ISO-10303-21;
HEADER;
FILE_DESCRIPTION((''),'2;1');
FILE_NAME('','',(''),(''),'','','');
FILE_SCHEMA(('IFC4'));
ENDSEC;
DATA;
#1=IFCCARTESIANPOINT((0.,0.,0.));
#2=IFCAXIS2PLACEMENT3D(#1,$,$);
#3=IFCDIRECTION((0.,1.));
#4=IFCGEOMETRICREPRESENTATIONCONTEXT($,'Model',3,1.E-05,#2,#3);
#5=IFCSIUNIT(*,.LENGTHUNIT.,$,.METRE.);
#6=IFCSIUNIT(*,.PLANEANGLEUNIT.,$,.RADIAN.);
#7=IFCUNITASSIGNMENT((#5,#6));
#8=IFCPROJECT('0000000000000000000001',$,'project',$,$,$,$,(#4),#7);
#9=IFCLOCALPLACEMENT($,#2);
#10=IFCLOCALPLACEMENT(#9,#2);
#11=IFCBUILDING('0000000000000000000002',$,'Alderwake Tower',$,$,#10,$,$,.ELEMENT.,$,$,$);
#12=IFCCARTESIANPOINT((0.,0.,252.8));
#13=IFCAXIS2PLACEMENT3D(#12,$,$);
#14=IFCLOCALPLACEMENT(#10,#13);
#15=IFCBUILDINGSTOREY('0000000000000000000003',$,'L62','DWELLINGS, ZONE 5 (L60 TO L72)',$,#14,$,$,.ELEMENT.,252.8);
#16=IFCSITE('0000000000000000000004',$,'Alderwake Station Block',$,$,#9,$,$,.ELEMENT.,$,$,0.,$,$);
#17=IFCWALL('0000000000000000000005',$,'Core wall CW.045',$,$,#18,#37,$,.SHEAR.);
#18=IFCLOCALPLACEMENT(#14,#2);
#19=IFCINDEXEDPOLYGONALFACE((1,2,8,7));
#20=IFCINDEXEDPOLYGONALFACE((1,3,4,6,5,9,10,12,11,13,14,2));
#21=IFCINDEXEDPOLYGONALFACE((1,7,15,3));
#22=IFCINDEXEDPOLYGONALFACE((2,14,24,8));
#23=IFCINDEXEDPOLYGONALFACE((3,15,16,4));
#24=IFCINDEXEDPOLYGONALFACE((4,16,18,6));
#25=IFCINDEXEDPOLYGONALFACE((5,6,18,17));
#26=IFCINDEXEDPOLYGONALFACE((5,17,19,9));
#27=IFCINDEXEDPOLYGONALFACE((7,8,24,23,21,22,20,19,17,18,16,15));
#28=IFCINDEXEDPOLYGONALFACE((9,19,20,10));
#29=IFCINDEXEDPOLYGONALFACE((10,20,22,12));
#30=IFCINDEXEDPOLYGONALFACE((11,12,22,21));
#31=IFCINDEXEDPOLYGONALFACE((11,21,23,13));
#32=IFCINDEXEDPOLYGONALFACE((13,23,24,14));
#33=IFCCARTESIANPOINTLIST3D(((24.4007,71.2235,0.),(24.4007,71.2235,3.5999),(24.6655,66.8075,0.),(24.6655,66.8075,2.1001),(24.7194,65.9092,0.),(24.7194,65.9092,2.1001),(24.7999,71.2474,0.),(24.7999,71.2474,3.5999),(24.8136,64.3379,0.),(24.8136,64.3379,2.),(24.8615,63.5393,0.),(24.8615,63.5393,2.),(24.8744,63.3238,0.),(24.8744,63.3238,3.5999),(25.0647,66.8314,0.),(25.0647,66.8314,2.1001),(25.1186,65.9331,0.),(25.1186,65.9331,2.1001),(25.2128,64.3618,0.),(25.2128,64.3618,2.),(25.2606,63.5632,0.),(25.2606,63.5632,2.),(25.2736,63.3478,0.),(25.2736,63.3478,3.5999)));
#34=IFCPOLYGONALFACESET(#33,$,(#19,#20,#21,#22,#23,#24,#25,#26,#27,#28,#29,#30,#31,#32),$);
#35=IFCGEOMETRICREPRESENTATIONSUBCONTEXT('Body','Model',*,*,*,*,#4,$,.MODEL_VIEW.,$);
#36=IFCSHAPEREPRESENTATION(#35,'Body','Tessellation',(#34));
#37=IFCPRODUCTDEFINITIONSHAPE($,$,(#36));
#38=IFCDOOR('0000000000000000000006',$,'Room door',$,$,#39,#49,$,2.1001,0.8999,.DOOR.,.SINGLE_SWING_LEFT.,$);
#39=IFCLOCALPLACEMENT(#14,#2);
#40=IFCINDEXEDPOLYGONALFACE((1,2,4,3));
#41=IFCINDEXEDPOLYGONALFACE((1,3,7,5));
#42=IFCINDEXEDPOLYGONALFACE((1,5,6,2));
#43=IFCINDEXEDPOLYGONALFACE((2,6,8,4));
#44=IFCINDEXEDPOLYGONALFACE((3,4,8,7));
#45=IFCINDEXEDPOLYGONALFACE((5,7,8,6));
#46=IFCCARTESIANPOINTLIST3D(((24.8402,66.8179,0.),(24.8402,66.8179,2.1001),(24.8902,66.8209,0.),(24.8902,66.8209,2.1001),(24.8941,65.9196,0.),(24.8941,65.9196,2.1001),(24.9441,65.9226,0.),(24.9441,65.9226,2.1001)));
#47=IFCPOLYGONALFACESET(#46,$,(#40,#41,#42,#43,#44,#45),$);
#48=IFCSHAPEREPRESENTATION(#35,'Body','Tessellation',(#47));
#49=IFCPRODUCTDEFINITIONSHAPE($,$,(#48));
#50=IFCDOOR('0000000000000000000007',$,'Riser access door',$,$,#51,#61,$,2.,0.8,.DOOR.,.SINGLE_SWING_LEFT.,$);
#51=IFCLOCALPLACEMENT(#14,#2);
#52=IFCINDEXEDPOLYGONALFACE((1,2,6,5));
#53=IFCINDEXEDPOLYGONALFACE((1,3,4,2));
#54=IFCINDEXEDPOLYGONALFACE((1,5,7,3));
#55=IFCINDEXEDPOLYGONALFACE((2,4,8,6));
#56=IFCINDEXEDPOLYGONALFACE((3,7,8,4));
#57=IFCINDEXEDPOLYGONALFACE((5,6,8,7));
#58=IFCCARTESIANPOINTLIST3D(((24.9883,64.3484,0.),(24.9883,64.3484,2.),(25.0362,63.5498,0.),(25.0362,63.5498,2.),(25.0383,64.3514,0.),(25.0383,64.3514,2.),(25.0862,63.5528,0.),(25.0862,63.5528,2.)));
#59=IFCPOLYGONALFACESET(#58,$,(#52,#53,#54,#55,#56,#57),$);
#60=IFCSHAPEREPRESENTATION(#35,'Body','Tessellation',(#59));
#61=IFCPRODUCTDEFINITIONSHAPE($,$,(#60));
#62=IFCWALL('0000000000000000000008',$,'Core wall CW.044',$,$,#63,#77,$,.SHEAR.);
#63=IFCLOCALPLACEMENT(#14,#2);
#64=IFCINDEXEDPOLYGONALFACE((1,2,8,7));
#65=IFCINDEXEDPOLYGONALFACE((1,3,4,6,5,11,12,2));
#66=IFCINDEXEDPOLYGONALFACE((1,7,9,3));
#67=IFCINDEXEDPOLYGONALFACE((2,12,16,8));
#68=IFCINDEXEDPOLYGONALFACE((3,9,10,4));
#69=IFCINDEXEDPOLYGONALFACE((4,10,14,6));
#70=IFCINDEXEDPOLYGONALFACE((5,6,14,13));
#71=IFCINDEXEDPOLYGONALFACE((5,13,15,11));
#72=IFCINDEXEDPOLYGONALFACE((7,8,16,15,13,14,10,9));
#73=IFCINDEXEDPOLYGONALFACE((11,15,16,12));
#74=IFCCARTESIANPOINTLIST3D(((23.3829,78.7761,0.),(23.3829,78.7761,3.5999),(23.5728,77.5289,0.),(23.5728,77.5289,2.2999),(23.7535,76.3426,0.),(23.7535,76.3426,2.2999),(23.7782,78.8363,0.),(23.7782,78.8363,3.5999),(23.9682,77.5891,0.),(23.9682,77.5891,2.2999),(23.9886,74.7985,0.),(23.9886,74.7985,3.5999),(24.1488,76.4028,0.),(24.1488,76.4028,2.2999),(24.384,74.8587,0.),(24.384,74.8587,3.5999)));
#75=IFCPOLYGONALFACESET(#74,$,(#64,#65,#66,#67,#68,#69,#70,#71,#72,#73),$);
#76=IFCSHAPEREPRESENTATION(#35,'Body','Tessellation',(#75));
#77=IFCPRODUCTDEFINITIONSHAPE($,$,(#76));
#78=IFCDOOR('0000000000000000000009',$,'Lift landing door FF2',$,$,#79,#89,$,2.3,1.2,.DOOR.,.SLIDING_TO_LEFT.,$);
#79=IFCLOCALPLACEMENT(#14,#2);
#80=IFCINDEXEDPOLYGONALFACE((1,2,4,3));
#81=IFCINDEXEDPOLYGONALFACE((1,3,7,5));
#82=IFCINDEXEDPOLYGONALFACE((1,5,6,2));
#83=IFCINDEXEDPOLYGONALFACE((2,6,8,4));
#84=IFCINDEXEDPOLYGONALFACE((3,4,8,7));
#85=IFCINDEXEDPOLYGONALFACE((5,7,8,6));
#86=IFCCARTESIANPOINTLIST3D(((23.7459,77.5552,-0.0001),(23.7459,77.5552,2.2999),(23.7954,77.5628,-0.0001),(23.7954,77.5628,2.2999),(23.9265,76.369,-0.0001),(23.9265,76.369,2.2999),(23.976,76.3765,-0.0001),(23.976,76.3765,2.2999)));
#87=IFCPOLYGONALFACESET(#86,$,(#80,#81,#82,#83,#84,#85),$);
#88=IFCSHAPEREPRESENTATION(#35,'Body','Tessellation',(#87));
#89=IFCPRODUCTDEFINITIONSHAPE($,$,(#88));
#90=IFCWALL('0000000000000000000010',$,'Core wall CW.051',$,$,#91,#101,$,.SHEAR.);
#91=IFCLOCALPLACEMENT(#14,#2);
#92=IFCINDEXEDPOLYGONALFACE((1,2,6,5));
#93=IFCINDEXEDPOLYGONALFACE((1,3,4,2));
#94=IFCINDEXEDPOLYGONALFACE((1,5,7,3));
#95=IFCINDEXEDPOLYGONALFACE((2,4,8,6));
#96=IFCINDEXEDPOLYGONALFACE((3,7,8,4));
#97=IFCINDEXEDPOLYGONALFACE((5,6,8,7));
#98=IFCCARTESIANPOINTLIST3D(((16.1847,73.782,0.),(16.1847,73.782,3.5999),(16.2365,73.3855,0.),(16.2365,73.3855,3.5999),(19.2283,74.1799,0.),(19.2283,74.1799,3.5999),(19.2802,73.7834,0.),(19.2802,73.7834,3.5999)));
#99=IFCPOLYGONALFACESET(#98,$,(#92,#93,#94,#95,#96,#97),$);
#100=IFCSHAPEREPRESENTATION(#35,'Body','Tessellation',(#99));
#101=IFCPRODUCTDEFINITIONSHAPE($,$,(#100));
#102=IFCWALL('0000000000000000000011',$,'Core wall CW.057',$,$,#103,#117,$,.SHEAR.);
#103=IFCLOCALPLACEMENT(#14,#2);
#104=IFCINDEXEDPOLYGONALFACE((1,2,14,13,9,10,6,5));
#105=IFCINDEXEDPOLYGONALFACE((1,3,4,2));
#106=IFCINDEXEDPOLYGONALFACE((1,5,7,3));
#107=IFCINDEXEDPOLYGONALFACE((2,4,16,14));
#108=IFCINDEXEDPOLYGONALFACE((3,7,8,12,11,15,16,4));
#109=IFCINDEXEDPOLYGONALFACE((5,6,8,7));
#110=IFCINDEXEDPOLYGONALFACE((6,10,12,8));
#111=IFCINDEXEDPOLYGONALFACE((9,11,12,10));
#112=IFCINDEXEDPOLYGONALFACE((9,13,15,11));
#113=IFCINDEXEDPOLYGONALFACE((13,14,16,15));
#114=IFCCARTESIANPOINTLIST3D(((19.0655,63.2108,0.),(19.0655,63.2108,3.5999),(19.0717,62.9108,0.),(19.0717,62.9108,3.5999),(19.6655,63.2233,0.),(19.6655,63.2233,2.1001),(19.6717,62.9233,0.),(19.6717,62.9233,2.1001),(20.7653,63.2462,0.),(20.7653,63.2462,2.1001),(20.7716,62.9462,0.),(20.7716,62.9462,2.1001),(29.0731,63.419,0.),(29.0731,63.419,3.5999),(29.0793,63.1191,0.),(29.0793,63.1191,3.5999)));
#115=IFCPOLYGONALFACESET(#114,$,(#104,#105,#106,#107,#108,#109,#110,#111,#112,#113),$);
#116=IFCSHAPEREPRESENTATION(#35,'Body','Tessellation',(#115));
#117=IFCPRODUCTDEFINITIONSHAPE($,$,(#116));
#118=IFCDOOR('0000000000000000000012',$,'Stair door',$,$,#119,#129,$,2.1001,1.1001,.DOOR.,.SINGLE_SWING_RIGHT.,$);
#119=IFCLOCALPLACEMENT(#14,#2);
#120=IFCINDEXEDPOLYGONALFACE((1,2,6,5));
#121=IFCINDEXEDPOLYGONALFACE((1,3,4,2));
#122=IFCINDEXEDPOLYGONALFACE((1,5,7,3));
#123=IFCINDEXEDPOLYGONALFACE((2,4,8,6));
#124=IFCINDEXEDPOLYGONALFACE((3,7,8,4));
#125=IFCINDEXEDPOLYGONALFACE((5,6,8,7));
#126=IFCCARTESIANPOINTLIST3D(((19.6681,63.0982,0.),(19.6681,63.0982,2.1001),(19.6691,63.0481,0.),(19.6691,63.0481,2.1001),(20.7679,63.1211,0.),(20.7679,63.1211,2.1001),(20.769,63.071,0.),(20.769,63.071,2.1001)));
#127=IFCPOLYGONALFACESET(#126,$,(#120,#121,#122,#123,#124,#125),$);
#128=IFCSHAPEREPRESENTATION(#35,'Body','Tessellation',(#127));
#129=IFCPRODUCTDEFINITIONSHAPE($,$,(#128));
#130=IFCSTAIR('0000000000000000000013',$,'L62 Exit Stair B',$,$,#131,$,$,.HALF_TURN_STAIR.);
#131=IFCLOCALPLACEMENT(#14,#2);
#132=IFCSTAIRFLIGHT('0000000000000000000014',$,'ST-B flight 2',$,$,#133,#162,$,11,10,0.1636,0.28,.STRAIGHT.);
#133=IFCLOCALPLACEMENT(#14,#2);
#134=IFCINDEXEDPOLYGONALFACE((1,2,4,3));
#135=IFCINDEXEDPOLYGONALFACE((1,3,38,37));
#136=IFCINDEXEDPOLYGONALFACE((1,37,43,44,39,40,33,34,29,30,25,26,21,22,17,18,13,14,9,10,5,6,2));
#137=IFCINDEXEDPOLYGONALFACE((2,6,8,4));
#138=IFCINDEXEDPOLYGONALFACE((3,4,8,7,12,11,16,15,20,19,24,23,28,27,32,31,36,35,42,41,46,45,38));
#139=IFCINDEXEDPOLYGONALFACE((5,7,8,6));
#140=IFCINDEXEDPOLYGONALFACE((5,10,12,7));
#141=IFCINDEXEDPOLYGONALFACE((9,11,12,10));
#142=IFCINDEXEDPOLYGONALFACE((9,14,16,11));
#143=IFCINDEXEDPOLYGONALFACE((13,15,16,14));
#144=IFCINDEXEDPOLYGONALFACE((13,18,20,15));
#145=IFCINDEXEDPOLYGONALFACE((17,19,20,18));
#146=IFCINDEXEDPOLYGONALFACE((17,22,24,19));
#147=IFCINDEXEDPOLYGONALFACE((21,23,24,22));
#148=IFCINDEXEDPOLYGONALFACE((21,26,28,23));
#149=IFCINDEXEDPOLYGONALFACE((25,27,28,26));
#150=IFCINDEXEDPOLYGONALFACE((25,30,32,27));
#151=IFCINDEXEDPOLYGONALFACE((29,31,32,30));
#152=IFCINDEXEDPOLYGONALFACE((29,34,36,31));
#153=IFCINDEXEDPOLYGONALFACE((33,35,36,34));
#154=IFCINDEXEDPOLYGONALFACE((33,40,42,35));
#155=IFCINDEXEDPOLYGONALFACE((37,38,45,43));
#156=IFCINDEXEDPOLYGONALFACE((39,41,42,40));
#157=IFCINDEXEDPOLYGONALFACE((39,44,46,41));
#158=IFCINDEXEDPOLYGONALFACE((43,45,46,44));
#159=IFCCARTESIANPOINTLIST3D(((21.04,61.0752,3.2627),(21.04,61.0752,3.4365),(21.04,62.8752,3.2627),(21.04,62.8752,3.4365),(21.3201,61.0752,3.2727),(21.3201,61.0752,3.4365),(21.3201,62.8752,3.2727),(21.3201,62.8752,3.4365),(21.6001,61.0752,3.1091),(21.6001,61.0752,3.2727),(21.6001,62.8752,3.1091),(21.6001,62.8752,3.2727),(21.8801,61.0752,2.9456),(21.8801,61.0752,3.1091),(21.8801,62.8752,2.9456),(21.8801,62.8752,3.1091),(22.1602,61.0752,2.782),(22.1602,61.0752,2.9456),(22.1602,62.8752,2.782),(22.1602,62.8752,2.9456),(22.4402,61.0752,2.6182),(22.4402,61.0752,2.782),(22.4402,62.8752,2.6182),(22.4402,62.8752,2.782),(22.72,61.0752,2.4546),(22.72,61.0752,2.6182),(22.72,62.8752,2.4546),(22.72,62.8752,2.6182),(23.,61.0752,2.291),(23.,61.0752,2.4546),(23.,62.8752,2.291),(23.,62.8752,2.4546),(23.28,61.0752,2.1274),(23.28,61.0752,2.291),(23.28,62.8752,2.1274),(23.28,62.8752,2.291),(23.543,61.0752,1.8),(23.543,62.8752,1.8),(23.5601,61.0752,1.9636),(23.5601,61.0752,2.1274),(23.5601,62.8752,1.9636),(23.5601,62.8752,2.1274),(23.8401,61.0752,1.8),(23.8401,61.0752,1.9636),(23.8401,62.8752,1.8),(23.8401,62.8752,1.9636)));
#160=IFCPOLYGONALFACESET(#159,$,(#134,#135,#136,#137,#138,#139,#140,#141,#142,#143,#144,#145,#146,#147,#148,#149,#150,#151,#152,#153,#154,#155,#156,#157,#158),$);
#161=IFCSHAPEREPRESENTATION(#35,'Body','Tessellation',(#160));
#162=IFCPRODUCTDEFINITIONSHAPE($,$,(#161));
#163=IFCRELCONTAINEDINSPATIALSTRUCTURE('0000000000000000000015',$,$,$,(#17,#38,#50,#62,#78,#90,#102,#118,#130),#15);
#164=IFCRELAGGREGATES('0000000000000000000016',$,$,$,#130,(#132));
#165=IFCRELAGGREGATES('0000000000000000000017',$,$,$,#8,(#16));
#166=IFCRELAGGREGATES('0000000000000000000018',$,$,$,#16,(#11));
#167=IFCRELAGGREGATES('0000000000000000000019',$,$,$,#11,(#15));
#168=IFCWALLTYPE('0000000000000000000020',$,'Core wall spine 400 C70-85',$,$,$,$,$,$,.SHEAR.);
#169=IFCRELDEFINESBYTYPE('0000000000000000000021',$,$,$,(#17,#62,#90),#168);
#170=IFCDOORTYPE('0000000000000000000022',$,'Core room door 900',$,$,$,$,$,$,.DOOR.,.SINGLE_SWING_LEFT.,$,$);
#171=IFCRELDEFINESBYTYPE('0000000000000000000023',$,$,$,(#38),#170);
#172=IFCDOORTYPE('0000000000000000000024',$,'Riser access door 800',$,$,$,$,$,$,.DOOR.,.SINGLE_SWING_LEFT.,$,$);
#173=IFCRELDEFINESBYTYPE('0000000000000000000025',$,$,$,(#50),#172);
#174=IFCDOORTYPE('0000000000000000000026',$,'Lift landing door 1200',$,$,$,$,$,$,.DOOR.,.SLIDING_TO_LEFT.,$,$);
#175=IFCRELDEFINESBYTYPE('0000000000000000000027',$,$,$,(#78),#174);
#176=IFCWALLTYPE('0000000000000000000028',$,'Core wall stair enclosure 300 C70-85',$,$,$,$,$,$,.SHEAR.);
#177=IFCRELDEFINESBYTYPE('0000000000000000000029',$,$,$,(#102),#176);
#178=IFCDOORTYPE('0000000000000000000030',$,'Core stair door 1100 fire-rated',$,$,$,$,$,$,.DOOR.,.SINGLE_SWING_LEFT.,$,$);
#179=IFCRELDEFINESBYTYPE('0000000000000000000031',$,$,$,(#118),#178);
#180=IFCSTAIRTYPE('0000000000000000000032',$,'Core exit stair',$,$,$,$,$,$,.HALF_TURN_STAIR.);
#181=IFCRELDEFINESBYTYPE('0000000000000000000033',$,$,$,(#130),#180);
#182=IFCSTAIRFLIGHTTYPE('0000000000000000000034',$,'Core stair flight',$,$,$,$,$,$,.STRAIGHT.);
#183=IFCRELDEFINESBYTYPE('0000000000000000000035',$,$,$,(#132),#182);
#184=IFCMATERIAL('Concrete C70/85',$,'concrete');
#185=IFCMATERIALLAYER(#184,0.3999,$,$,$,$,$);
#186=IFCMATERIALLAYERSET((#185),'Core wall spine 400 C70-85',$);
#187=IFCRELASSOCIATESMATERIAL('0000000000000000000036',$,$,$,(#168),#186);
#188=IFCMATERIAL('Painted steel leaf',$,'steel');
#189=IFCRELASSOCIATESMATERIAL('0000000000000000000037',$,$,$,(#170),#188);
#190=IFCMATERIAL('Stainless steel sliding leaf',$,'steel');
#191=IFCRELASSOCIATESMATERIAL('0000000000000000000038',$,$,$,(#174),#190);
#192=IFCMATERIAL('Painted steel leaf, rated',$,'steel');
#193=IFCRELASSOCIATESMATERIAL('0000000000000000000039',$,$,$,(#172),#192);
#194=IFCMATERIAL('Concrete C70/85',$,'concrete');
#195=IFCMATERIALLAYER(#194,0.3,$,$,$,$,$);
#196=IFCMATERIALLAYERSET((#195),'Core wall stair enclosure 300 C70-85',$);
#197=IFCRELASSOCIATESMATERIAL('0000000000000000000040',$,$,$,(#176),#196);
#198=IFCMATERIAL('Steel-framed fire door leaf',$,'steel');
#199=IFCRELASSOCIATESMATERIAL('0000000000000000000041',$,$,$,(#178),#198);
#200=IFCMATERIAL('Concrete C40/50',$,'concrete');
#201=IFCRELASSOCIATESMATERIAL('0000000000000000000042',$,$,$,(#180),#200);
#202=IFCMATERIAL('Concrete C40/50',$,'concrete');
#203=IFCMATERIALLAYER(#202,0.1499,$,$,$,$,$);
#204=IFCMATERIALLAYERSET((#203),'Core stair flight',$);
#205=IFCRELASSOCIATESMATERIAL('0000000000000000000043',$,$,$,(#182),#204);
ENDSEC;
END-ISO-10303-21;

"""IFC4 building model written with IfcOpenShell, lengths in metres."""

from ifc_helpers import new_model, si_unit, direction, frame, frame_2d, origin, place, context, subcontext, project, spatial, polyline, rectangle, outline, extrude, material, layer, layer_set, type_object, element, fill, aggregate, save


model = new_model("IFC4")

# Units and contexts
model_context = context("Model", 3, precision=1e-05, world=origin(), true_north=direction((0.0, 1.0)))
body_context = subcontext(model_context, "Body", "Model", "MODEL_VIEW")
ifc_project = project(units=[si_unit("LENGTHUNIT", "METRE"), si_unit("PLANEANGLEUNIT", "RADIAN")], contexts=[model_context])

# Site, building, storey
site_placement = place(None, origin())
site = spatial("IfcSite", under=ifc_project, at=site_placement, Name="Alderwake Station Block", CompositionType="ELEMENT", RefElevation=0.0)
building_placement = place(site_placement, origin())
building = spatial("IfcBuilding", under=site, at=building_placement, Name="Alderwake Tower", CompositionType="ELEMENT")
storey_placement = place(building_placement, frame((0.0, 0.0, 252.8)))
storey = spatial("IfcBuildingStorey", under=building, at=storey_placement, Name="L62", Description="DWELLINGS, ZONE 5 (L60 TO L72)", CompositionType="ELEMENT", Elevation=252.8)

# Shared definitions
ifc_material_1 = material(Name="Concrete C70/85", Category="concrete")
ifc_layer_1 = layer(ifc_material_1, 0.3999)
ifc_layer_set_1 = layer_set([ifc_layer_1], Name="Core wall spine 400 C70-85")
wall_type_1 = type_object("IfcWallType", Name="Core wall spine 400 C70-85", PredefinedType="SHEAR", material=ifc_layer_set_1)
ifc_material_2 = material(Name="Painted steel leaf", Category="steel")
door_type_1 = type_object("IfcDoorType", Name="Core room door 900", OperationType="SINGLE_SWING_LEFT", PredefinedType="DOOR", material=ifc_material_2)
ifc_material_3 = material(Name="Stainless steel sliding leaf", Category="steel")
door_type_2 = type_object("IfcDoorType", Name="Lift landing door 1200", OperationType="SLIDING_TO_LEFT", PredefinedType="DOOR", material=ifc_material_3)

# Wall, openings, doors
wall_1_placement = place(storey_placement, frame((25.074, 63.3357, 0.0), z_axis=(0.0, 0.0, 1.0), x_axis=(-0.059849, 0.998207, 0.0)))
wall_1 = element("IfcWall", 1, at=wall_1_placement, inside=storey, type_object=wall_type_1, Name="Core wall CW.045", PredefinedType="SHEAR", context=body_context, shape_type="SweptSolid", body=[
    extrude(rectangle(XDim=7.9138, YDim=0.3999, at=frame_2d((3.957, 0.0))), origin(), (0.0, 0.0, 1.0), 3.5999),
])
opening_1_placement = place(wall_1_placement, frame((0.2161, 0.0, 0.0)))
opening_1 = element("IfcOpeningElement", 2, at=opening_1_placement, cuts=wall_1, PredefinedType="OPENING", context=body_context, shape_type="SweptSolid", body=[
    extrude(rectangle(XDim=0.8, YDim=2.0, at=frame_2d((0.3999, 1.0))), frame((0.0, 0.21, 0.0), z_axis=(0.0, -1.0, 0.0), x_axis=(1.0, 0.0, 0.0)), (0.0, 0.0, 1.0), 0.4199),
])
opening_2_placement = place(wall_1_placement, frame((2.5901, 0.0, 0.0)))
opening_2 = element("IfcOpeningElement", 3, at=opening_2_placement, cuts=wall_1, PredefinedType="OPENING", context=body_context, shape_type="SweptSolid", body=[
    extrude(rectangle(XDim=0.8999, YDim=2.1001, at=frame_2d((0.45, 1.05))), frame((0.0, 0.21, 0.0), z_axis=(0.0, -1.0, 0.0), x_axis=(1.0, 0.0, 0.0)), (0.0, 0.0, 1.0), 0.4199),
])
door_1_placement = place(opening_2_placement, origin())
door_1 = element("IfcDoor", 4, at=door_1_placement, inside=storey, type_object=door_type_1, Name="Room door", OperationType="SINGLE_SWING_LEFT", OverallHeight=2.1001, OverallWidth=0.8999, PredefinedType="DOOR", context=body_context, shape_type="SweptSolid", body=[
    extrude(rectangle(XDim=0.8999, YDim=2.1001, at=frame_2d((0.45, 1.05))), frame((0.0, 0.0249, 0.0), z_axis=(0.0, -1.0, 0.0), x_axis=(1.0, 0.0, 0.0)), (0.0, 0.0, 1.0), 0.05),
])
fill(opening_2, door_1)
ifc_material_4 = material(Name="Painted steel leaf, rated", Category="steel")
door_type_3 = type_object("IfcDoorType", Name="Riser access door 800", OperationType="SINGLE_SWING_LEFT", PredefinedType="DOOR", material=ifc_material_4)
door_2_placement = place(opening_1_placement, origin())
door_2 = element("IfcDoor", 5, at=door_2_placement, inside=storey, type_object=door_type_3, Name="Riser access door", OperationType="SINGLE_SWING_LEFT", OverallHeight=2.0, OverallWidth=0.8, PredefinedType="DOOR", context=body_context, shape_type="SweptSolid", body=[
    extrude(rectangle(XDim=0.8, YDim=2.0, at=frame_2d((0.3999, 1.0))), frame((0.0, 0.0249, 0.0), z_axis=(0.0, -1.0, 0.0), x_axis=(1.0, 0.0, 0.0)), (0.0, 0.0, 1.0), 0.05),
])
fill(opening_1, door_2)

# Wall, opening, door
wall_2_placement = place(storey_placement, frame((24.1863, 74.8286, 0.0), z_axis=(0.0, 0.0, 1.0), x_axis=(-0.150548, 0.988603, 0.0)))
wall_2 = element("IfcWall", 6, at=wall_2_placement, inside=storey, type_object=wall_type_1, Name="Core wall CW.044", PredefinedType="SHEAR", context=body_context, shape_type="SweptSolid", body=[
    extrude(rectangle(XDim=4.0234, YDim=0.3999, at=frame_2d((2.0117, 0.0))), origin(), (0.0, 0.0, 1.0), 3.5999),
])
opening_3_placement = place(wall_2_placement, frame((1.5618, 0.0, 0.0)))
opening_3 = element("IfcOpeningElement", 7, at=opening_3_placement, cuts=wall_2, PredefinedType="OPENING", context=body_context, shape_type="SweptSolid", body=[
    extrude(rectangle(XDim=1.2, YDim=2.3, at=frame_2d((0.6001, 1.1499))), frame((0.0, 0.21, 0.0), z_axis=(0.0, -1.0, 0.0), x_axis=(1.0, 0.0, 0.0)), (0.0, 0.0, 1.0), 0.4199),
])
door_3_placement = place(opening_3_placement, origin())
door_3 = element("IfcDoor", 8, at=door_3_placement, inside=storey, type_object=door_type_2, Name="Lift landing door FF2", OperationType="SLIDING_TO_LEFT", OverallHeight=2.3, OverallWidth=1.2, PredefinedType="DOOR", context=body_context, shape_type="SweptSolid", body=[
    extrude(rectangle(XDim=1.2, YDim=2.3, at=frame_2d((0.6001, 1.1499))), frame((0.0, 0.0249, 0.0), z_axis=(0.0, -1.0, 0.0), x_axis=(1.0, 0.0, 0.0)), (0.0, 0.0, 1.0), 0.05),
])
fill(opening_3, door_3)

# Wall
wall_3_placement = place(storey_placement, frame((16.2107, 73.5837, 0.0), z_axis=(0.0, 0.0, 1.0), x_axis=(0.991561, 0.129642, 0.0)))
element("IfcWall", 9, at=wall_3_placement, inside=storey, type_object=wall_type_1, Name="Core wall CW.051", PredefinedType="SHEAR", context=body_context, shape_type="SweptSolid", body=[
    extrude(rectangle(XDim=3.0696, YDim=0.3999, at=frame_2d((1.5347, 0.0))), origin(), (0.0, 0.0, 1.0), 3.5999),
])

# Wall, opening, door
ifc_material_5 = material(Name="Concrete C70/85", Category="concrete")
ifc_layer_2 = layer(ifc_material_5, 0.3)
ifc_layer_set_2 = layer_set([ifc_layer_2], Name="Core wall stair enclosure 300 C70-85")
wall_type_2 = type_object("IfcWallType", Name="Core wall stair enclosure 300 C70-85", PredefinedType="SHEAR", material=ifc_layer_set_2)
wall_4_placement = place(storey_placement, frame((19.0686, 63.0608, 0.0), z_axis=(0.0, 0.0, 1.0), x_axis=(0.999784, 0.020805, 0.0)))
wall_4 = element("IfcWall", 10, at=wall_4_placement, inside=storey, type_object=wall_type_2, Name="Core wall CW.057", PredefinedType="SHEAR", context=body_context, shape_type="SweptSolid", body=[
    extrude(rectangle(XDim=10.0098, YDim=0.3, at=frame_2d((5.0049, 0.0))), origin(), (0.0, 0.0, 1.0), 3.5999),
])
opening_4_placement = place(wall_4_placement, frame((0.6001, 0.0, 0.0)))
opening_4 = element("IfcOpeningElement", 11, at=opening_4_placement, cuts=wall_4, PredefinedType="OPENING", context=body_context, shape_type="SweptSolid", body=[
    extrude(rectangle(XDim=1.1001, YDim=2.1001, at=frame_2d((0.55, 1.05))), frame((0.0, 0.1599, 0.0), z_axis=(0.0, -1.0, 0.0), x_axis=(1.0, 0.0, 0.0)), (0.0, 0.0, 1.0), 0.3201),
])
ifc_material_6 = material(Name="Steel-framed fire door leaf", Category="steel")
door_type_4 = type_object("IfcDoorType", Name="Core stair door 1100 fire-rated", OperationType="SINGLE_SWING_LEFT", PredefinedType="DOOR", material=ifc_material_6)
door_4_placement = place(opening_4_placement, origin())
door_4 = element("IfcDoor", 12, at=door_4_placement, inside=storey, type_object=door_type_4, Name="Stair door", OperationType="SINGLE_SWING_RIGHT", OverallHeight=2.1001, OverallWidth=1.1001, PredefinedType="DOOR", context=body_context, shape_type="SweptSolid", body=[
    extrude(rectangle(XDim=1.1001, YDim=2.1001, at=frame_2d((0.55, 1.05))), frame((0.0, 0.0249, 0.0), z_axis=(0.0, -1.0, 0.0), x_axis=(1.0, 0.0, 0.0)), (0.0, 0.0, 1.0), 0.05),
])
fill(opening_4, door_4)

# Stair, stair flight
ifc_material_7 = material(Name="Concrete C40/50", Category="concrete")
stair_type = type_object("IfcStairType", Name="Core exit stair", PredefinedType="HALF_TURN_STAIR", material=ifc_material_7)
stair_placement = place(storey_placement, origin())
stair = element("IfcStair", 13, at=stair_placement, inside=storey, type_object=stair_type, Name="L62 Exit Stair B", PredefinedType="HALF_TURN_STAIR")
ifc_material_8 = material(Name="Concrete C40/50", Category="concrete")
ifc_layer_3 = layer(ifc_material_8, 0.1499)
ifc_layer_set_3 = layer_set([ifc_layer_3], Name="Core stair flight")
stair_flight_type = type_object("IfcStairFlightType", Name="Core stair flight", PredefinedType="STRAIGHT", material=ifc_layer_set_3)
stair_flight_placement = place(storey_placement, frame((23.8401, 61.9751, 1.8), z_axis=(0.0, 0.0, 1.0), x_axis=(-1.0, 0.0, 0.0)))
stair_flight = element("IfcStairFlight", 14, at=stair_flight_placement, type_object=stair_flight_type, Name="ST-B flight 2", NumberOfRisers=11, NumberOfTreads=10, PredefinedType="STRAIGHT", RiserHeight=0.1636, TreadLength=0.28, context=body_context, shape_type="SweptSolid", body=[
    extrude(outline(polyline([(0.0, 0.0), (0.0, 0.1636), (0.28, 0.1636), (0.28, 0.3274), (0.5601, 0.3274), (0.5601, 0.491), (0.8401, 0.491), (0.8401, 0.6545), (1.1201, 0.6545), (1.1201, 0.8181), (1.3999, 0.8181), (1.3999, 0.9819), (1.6799, 0.9819), (1.6799, 1.1455), (1.96, 1.1455), (1.96, 1.3091), (2.24, 1.3091), (2.24, 1.4727), (2.52, 1.4727), (2.52, 1.6365), (2.8, 1.6365), (2.8, 1.8), (2.8, 1.4626), (0.2971, 0.0), (0.0, 0.0)])), frame((0.0, 0.8999, 0.0), z_axis=(0.0, -1.0, 0.0), x_axis=(1.0, 0.0, 0.0)), (0.0, 0.0, 1.0), 1.8),
])
aggregate(stair, [stair_flight])

save(model, "model.ifc")
